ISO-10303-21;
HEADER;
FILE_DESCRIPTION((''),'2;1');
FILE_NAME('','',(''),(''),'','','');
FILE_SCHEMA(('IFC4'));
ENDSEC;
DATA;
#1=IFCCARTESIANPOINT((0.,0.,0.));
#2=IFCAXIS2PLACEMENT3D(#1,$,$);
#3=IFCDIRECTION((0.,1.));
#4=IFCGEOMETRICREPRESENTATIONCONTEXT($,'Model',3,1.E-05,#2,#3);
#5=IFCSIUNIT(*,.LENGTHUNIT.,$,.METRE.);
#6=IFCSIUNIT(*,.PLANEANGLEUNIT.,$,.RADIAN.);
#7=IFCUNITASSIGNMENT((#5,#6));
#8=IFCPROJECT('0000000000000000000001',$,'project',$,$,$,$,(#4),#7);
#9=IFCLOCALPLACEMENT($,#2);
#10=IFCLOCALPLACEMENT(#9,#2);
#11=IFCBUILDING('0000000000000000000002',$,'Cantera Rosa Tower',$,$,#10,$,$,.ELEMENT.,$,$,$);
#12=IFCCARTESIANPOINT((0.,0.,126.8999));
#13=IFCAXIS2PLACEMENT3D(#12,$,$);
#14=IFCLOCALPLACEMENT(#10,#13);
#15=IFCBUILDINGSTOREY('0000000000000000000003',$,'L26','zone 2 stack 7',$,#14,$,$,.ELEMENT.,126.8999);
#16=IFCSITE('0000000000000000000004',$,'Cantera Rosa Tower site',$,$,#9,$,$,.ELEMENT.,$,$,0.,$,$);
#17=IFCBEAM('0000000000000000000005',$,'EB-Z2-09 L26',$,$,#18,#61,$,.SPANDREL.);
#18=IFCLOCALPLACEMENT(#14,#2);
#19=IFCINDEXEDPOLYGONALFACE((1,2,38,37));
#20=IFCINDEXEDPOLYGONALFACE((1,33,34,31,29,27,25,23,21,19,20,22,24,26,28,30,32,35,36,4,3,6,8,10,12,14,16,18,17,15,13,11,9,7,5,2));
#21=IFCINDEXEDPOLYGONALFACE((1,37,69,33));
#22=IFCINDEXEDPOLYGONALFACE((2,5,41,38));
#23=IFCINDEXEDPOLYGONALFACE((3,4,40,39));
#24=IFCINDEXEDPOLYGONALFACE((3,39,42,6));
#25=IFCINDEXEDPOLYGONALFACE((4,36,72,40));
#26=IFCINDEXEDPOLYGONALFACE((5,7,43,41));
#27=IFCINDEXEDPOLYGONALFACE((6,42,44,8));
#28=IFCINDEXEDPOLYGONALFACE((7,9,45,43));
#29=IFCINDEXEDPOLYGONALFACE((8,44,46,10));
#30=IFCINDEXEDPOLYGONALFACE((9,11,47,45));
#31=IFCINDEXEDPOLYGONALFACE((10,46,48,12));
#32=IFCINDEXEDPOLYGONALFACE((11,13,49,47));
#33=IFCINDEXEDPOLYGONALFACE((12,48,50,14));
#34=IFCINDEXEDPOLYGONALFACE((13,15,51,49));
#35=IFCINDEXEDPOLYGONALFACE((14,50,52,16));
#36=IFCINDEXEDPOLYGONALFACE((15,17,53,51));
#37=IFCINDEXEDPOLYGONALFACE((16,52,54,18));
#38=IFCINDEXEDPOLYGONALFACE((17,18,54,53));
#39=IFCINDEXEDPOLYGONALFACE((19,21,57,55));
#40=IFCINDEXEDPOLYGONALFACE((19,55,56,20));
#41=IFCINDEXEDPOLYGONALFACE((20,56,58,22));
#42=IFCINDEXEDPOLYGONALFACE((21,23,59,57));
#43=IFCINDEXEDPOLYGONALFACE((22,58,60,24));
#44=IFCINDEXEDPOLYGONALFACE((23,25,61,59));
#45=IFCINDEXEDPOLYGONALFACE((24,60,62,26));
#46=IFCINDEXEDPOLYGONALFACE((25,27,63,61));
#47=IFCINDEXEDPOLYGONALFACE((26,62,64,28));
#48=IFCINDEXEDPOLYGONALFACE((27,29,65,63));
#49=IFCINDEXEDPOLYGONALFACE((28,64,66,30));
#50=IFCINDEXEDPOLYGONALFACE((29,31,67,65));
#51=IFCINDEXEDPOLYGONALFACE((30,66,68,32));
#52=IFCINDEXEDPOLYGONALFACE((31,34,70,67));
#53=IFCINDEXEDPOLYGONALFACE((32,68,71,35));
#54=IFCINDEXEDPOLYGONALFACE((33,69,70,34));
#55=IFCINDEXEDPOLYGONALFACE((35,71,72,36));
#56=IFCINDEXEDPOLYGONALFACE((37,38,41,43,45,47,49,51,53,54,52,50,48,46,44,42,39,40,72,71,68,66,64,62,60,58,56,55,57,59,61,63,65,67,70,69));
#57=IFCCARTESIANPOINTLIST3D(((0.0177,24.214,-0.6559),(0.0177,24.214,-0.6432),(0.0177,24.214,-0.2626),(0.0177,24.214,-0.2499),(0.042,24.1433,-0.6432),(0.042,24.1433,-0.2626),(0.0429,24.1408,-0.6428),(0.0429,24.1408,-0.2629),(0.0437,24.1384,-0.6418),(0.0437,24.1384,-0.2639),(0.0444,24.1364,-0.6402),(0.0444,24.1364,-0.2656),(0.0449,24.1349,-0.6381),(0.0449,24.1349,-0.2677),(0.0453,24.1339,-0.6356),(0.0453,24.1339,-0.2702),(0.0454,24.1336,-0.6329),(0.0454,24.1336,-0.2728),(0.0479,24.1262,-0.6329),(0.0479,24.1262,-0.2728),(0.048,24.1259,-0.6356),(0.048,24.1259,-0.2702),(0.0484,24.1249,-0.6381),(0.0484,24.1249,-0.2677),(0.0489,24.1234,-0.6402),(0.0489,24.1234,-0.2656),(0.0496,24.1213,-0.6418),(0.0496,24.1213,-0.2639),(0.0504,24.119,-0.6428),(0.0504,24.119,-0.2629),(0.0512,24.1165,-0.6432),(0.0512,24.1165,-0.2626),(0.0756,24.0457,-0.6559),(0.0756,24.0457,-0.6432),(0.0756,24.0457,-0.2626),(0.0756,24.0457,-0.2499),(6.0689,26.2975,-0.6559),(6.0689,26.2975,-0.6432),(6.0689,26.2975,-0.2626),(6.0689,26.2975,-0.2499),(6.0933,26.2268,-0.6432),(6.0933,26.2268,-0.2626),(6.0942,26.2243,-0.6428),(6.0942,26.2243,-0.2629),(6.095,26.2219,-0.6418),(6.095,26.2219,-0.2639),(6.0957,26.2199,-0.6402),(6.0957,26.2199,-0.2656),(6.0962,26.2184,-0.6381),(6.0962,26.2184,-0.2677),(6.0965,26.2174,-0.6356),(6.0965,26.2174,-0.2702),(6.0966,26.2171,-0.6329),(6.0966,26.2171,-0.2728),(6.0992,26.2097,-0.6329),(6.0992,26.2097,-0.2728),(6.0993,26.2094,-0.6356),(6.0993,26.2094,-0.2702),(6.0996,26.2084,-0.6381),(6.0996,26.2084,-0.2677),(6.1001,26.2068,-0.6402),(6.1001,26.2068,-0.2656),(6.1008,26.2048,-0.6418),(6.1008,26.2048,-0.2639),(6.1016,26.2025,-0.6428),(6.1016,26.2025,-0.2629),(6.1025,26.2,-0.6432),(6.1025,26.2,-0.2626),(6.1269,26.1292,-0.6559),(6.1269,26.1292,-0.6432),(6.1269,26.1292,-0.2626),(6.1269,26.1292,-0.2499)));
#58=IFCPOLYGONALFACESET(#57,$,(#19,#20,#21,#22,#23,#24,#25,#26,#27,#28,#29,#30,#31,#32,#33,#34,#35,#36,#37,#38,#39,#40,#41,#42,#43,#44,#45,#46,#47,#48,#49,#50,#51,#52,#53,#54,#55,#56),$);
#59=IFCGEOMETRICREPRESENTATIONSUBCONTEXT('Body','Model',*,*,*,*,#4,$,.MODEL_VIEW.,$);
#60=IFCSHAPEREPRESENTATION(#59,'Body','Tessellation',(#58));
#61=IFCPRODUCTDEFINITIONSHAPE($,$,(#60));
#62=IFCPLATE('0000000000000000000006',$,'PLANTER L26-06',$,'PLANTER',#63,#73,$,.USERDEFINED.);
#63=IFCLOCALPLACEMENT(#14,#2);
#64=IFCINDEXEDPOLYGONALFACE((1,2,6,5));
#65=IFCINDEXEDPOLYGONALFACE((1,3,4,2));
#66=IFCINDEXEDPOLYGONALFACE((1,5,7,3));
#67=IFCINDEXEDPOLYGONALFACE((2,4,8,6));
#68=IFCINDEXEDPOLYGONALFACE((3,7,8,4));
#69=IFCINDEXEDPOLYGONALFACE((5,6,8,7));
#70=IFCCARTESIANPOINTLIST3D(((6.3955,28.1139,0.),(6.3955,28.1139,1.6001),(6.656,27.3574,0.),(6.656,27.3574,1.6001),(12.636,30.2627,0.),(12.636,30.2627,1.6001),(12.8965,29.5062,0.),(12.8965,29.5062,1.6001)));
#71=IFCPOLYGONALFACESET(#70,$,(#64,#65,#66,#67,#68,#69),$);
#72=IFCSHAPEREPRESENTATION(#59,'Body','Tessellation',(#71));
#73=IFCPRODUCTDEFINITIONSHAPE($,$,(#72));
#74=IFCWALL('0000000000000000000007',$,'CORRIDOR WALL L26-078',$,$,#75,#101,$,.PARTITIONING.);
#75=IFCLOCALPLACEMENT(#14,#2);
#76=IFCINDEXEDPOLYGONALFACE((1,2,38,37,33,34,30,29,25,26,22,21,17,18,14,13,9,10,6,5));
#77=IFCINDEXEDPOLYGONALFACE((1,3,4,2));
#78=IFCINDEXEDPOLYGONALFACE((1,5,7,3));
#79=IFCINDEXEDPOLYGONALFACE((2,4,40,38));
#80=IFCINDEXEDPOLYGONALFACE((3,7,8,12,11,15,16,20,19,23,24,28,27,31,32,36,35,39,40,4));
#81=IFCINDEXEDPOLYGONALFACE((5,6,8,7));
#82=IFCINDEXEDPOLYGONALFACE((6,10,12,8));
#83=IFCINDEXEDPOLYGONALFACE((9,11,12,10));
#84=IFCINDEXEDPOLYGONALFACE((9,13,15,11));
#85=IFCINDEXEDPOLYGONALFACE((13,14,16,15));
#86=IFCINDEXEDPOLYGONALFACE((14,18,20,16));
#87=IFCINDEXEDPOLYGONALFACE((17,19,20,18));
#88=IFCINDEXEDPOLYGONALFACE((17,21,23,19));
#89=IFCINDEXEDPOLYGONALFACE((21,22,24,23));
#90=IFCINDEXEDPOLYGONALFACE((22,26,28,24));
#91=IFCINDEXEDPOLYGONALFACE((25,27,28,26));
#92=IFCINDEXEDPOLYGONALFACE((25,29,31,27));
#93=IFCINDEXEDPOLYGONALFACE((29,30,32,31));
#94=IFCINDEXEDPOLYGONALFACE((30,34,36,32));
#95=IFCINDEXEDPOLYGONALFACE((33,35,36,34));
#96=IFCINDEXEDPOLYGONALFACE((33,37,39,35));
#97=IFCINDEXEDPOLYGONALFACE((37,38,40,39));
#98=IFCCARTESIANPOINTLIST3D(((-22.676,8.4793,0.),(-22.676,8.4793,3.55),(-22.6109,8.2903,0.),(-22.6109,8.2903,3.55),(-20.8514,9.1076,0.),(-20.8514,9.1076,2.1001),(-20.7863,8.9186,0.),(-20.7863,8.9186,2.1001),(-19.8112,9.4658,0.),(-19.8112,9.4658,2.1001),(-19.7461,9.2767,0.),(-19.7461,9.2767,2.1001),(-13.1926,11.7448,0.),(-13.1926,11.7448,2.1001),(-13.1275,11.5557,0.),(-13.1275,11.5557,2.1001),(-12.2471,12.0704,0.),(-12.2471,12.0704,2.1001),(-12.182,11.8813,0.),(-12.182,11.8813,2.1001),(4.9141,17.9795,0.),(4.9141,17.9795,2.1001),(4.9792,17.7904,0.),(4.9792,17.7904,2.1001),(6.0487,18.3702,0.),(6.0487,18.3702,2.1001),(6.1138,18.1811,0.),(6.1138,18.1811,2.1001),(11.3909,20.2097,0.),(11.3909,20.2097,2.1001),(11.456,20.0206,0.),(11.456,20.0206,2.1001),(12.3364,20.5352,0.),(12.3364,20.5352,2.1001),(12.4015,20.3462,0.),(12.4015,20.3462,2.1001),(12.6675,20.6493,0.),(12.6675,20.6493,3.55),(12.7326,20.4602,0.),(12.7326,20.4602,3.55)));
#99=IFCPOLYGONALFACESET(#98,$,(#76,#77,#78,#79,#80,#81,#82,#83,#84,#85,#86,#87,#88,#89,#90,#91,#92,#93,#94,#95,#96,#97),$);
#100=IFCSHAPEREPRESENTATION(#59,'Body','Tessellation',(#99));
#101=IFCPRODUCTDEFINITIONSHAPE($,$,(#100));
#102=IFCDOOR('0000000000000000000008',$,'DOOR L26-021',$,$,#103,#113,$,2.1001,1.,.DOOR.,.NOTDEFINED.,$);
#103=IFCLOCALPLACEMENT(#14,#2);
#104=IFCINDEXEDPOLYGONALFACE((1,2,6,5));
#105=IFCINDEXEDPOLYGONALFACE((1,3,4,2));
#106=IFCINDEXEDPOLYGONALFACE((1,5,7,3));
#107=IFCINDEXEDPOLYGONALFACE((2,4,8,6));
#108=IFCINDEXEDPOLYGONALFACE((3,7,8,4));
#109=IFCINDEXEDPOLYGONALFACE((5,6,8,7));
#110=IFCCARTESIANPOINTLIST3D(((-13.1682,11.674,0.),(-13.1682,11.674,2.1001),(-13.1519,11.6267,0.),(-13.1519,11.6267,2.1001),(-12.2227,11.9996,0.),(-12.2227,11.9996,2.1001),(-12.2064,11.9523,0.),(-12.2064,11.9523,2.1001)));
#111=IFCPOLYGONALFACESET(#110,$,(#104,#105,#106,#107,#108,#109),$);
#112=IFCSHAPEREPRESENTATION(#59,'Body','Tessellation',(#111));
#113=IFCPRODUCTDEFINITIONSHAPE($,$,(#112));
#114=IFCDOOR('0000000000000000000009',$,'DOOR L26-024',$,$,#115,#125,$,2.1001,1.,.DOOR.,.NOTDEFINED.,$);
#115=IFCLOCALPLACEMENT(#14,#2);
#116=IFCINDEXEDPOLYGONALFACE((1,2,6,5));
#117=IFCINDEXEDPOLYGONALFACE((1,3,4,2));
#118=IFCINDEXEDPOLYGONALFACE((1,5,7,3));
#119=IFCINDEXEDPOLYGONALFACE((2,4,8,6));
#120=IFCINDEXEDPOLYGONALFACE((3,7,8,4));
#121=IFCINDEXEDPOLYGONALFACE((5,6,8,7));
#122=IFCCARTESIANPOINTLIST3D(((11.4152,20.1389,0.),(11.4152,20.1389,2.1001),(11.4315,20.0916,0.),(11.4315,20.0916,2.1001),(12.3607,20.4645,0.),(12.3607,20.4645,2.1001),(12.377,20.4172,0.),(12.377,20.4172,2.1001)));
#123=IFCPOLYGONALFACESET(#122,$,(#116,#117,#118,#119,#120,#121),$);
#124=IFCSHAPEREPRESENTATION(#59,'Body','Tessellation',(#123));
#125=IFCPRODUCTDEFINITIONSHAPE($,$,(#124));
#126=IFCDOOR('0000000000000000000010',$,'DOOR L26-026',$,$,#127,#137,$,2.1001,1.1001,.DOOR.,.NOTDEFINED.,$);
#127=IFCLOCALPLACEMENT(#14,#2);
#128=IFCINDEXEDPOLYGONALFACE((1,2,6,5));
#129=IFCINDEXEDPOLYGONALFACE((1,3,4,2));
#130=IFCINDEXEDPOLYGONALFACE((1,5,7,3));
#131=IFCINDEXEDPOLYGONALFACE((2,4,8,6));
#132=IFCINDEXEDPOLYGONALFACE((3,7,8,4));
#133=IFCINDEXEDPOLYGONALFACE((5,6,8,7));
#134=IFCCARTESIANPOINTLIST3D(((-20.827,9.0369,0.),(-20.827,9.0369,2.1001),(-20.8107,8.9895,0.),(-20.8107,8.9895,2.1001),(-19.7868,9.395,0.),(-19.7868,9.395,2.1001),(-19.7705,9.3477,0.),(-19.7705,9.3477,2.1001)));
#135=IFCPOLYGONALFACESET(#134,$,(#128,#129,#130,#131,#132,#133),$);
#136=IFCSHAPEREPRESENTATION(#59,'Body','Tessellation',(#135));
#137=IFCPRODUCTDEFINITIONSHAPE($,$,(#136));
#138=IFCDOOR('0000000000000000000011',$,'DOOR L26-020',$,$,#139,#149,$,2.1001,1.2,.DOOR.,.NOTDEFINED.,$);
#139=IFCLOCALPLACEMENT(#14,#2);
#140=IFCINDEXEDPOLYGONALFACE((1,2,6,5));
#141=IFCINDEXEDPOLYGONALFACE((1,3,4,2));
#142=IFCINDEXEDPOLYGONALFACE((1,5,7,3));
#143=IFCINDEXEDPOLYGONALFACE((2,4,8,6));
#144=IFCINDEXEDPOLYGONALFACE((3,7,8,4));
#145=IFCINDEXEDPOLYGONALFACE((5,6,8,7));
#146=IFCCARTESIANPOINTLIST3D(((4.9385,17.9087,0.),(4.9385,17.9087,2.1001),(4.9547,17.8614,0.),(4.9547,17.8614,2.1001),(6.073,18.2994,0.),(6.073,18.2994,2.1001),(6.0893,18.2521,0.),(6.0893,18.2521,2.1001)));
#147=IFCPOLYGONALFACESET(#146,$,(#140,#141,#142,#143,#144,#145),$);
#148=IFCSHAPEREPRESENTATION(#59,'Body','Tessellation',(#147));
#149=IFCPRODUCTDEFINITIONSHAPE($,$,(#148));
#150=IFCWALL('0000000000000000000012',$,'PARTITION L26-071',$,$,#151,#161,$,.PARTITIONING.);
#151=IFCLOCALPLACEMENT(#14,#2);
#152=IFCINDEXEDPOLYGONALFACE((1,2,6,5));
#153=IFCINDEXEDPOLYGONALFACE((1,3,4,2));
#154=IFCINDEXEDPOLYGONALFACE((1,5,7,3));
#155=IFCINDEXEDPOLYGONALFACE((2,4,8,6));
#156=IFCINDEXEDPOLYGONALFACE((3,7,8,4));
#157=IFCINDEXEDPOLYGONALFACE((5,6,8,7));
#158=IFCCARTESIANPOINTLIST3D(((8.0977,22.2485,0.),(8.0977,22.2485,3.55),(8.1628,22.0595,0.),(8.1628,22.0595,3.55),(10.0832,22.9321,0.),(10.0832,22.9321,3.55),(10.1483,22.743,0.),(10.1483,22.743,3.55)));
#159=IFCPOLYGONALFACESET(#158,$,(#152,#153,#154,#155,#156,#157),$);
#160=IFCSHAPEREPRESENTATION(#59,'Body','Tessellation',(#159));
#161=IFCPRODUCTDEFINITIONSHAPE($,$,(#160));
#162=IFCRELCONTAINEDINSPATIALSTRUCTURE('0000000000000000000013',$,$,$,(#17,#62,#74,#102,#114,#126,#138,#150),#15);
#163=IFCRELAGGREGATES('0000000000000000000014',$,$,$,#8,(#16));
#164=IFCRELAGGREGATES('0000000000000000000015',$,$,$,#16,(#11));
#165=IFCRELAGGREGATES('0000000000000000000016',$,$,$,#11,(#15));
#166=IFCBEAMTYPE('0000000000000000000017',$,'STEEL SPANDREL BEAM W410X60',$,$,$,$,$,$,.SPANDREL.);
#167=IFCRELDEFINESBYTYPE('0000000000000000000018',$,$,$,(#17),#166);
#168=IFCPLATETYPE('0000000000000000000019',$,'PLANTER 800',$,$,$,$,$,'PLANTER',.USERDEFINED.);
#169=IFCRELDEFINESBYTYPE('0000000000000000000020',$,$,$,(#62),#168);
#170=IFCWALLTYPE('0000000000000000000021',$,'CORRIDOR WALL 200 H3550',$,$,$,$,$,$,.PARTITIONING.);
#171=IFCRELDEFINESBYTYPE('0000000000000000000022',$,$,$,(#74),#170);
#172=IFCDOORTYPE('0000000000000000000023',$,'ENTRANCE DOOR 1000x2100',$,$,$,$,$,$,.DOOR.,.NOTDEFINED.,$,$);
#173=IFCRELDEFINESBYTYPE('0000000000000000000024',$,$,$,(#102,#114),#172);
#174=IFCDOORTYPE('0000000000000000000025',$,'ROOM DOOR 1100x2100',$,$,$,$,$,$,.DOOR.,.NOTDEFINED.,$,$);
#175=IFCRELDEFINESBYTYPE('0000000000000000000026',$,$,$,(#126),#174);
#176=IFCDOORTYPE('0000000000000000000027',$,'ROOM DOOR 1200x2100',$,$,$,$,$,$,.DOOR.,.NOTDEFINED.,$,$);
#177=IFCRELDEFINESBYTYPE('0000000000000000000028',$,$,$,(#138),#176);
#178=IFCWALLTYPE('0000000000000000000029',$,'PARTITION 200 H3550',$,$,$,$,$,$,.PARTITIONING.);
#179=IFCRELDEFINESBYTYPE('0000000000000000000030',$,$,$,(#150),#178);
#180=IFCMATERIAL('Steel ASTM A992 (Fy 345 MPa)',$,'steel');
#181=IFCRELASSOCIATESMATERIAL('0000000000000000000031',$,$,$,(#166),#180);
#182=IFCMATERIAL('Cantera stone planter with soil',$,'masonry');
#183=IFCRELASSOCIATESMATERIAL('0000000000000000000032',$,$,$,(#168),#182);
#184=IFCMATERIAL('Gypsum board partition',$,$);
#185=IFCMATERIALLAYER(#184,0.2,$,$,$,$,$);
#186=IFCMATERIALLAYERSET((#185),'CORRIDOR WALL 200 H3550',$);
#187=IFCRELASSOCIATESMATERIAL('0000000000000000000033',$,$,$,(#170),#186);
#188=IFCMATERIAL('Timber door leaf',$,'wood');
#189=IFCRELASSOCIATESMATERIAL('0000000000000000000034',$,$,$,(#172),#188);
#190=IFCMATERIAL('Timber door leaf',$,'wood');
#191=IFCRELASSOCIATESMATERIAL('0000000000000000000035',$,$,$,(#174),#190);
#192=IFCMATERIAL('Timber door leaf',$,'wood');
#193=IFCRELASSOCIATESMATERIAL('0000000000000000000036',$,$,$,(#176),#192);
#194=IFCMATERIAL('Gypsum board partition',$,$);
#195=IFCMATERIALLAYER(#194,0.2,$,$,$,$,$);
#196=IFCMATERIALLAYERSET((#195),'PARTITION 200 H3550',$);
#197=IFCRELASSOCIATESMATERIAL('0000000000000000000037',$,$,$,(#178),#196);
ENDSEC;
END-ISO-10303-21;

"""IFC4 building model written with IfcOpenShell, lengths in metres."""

from ifc_helpers import new_model, si_unit, direction, frame, frame_2d, origin, origin_2d, place, context, subcontext, project, spatial, rectangle, i_section, extrude, material, layer, layer_set, material_profile, profile_set, type_object, element, fill, save


model = new_model("IFC4")

# Units and contexts
model_context = context("Model", 3, precision=1e-05, world=origin(), true_north=direction((0.0, 1.0)))
body_context = subcontext(model_context, "Body", "Model", "MODEL_VIEW")
ifc_project = project(units=[si_unit("LENGTHUNIT", "METRE"), si_unit("PLANEANGLEUNIT", "RADIAN")], contexts=[model_context])

# Site, building, storey
site_placement = place(None, origin())
site = spatial("IfcSite", under=ifc_project, at=site_placement, Name="Cantera Rosa Tower site", CompositionType="ELEMENT", RefElevation=0.0)
building_placement = place(site_placement, origin())
building = spatial("IfcBuilding", under=site, at=building_placement, Name="Cantera Rosa Tower", CompositionType="ELEMENT")
storey_placement = place(building_placement, frame((0.0, 0.0, 126.8999)))
storey = spatial("IfcBuildingStorey", under=building, at=storey_placement, Name="L26", Description="zone 2 stack 7", CompositionType="ELEMENT", Elevation=126.8999)

# Beam
ifc_material_1 = material(Name="Steel ASTM A992 (Fy 345 MPa)", Category="steel")
ifc_material_profile_1 = material_profile(ifc_material_1, i_section(OverallWidth=0.178, OverallDepth=0.406, WebThickness=0.0078, FlangeThickness=0.0127, FilletRadius=0.0103, at=origin_2d()), Name="W410X60")
ifc_profile_set_1 = profile_set([ifc_material_profile_1], Name="Steel ASTM A992 (Fy 345 MPa)")
beam_type_1 = type_object("IfcBeamType", Name="STEEL SPANDREL BEAM W410X60", PredefinedType="SPANDREL", material=ifc_profile_set_1)
for number, where, z_axis, x_axis, name in (
    (1, (6.0979, 26.2134, -0.4529), (-0.945524, -0.325551, 0.0), (0.325551, -0.945524, 0.0), "EB-Z2-09 L26"),
):
    element("IfcBeam", number, at=place(storey_placement, frame(where, z_axis=z_axis, x_axis=x_axis)), inside=storey, type_object=beam_type_1, Name=name, PredefinedType="SPANDREL", context=body_context, shape_type="SweptSolid", body=[
        extrude(i_section(OverallWidth=0.178, OverallDepth=0.406, WebThickness=0.0078, FlangeThickness=0.0127, FilletRadius=0.0103, at=origin_2d()), origin(), (0.0, 0.0, 1.0), 6.3999),
    ])

# Plate
ifc_material_2 = material(Name="Cantera stone planter with soil", Category="masonry")
plate_type = type_object("IfcPlateType", Name="PLANTER 800", ElementType="PLANTER", PredefinedType="USERDEFINED", material=ifc_material_2)
plate_placement = place(storey_placement, frame((9.646, 28.8101, 0.0), z_axis=(0.0, 0.0, 1.0), x_axis=(-0.945519, -0.325568, 0.0)))
element("IfcPlate", 2, at=plate_placement, inside=storey, type_object=plate_type, Name="PLANTER L26-06", ObjectType="PLANTER", PredefinedType="USERDEFINED", context=body_context, shape_type="SweptSolid", body=[
    extrude(rectangle(XDim=6.6001, YDim=0.8, at=origin_2d()), origin(), (0.0, 0.0, 1.0), 1.6001),
])

# Wall, openings, doors
ifc_material_3 = material(Name="Gypsum board partition")
ifc_layer_1 = layer(ifc_material_3, 0.2)
ifc_layer_set_1 = layer_set([ifc_layer_1], Name="CORRIDOR WALL 200 H3550")
wall_type_1 = type_object("IfcWallType", Name="CORRIDOR WALL 200 H3550", PredefinedType="PARTITIONING", material=ifc_layer_set_1)
wall_1_placement = place(storey_placement, frame((12.7, 20.5547, 0.0), z_axis=(0.0, 0.0, 1.0), x_axis=(-0.945517, -0.325572, 0.0)))
wall_1 = element("IfcWall", 3, at=wall_1_placement, inside=storey, type_object=wall_type_1, Name="CORRIDOR WALL L26-078", PredefinedType="PARTITIONING", context=body_context, shape_type="SweptSolid", body=[
    extrude(rectangle(XDim=37.3801, YDim=0.2, at=frame_2d((18.6899, 0.0))), origin(), (0.0, 0.0, 1.0), 3.55),
])
opening_1_placement = place(wall_1_placement, frame((7.0, 0.0, 0.0)))
opening_1 = element("IfcOpeningElement", 4, at=opening_1_placement, cuts=wall_1, PredefinedType="OPENING", context=body_context, shape_type="SweptSolid", body=[
    extrude(rectangle(XDim=1.2, YDim=2.1001, at=frame_2d((0.6001, 1.05))), frame((0.0, 0.1099, 0.0), z_axis=(0.0, -1.0, 0.0), x_axis=(1.0, 0.0, 0.0)), (0.0, 0.0, 1.0), 0.22),
])
opening_2_placement = place(wall_1_placement, frame((26.3501, 0.0, 0.0)))
opening_2 = element("IfcOpeningElement", 5, at=opening_2_placement, cuts=wall_1, PredefinedType="OPENING", context=body_context, shape_type="SweptSolid", body=[
    extrude(rectangle(XDim=1.0, YDim=2.1001, at=frame_2d((0.5, 1.05))), frame((0.0, 0.1099, 0.0), z_axis=(0.0, -1.0, 0.0), x_axis=(1.0, 0.0, 0.0)), (0.0, 0.0, 1.0), 0.22),
])
opening_3_placement = place(wall_1_placement, frame((0.3501, 0.0, 0.0)))
opening_3 = element("IfcOpeningElement", 6, at=opening_3_placement, cuts=wall_1, PredefinedType="OPENING", context=body_context, shape_type="SweptSolid", body=[
    extrude(rectangle(XDim=1.0, YDim=2.1001, at=frame_2d((0.5, 1.05))), frame((0.0, 0.1099, 0.0), z_axis=(0.0, -1.0, 0.0), x_axis=(1.0, 0.0, 0.0)), (0.0, 0.0, 1.0), 0.22),
])
opening_4_placement = place(wall_1_placement, frame((34.3501, 0.0, 0.0)))
opening_4 = element("IfcOpeningElement", 7, at=opening_4_placement, cuts=wall_1, PredefinedType="OPENING", context=body_context, shape_type="SweptSolid", body=[
    extrude(rectangle(XDim=1.1001, YDim=2.1001, at=frame_2d((0.55, 1.05))), frame((0.0, 0.1099, 0.0), z_axis=(0.0, -1.0, 0.0), x_axis=(1.0, 0.0, 0.0)), (0.0, 0.0, 1.0), 0.22),
])
ifc_material_4 = material(Name="Timber door leaf", Category="wood")
door_type_1 = type_object("IfcDoorType", Name="ENTRANCE DOOR 1000x2100", OperationType="NOTDEFINED", PredefinedType="DOOR", material=ifc_material_4)
door_1_placement = place(opening_2_placement, origin())
door_1 = element("IfcDoor", 8, at=door_1_placement, inside=storey, type_object=door_type_1, Name="DOOR L26-021", OperationType="NOTDEFINED", OverallHeight=2.1001, OverallWidth=1.0, PredefinedType="DOOR", context=body_context, shape_type="SweptSolid", body=[
    extrude(rectangle(XDim=1.0, YDim=2.1001, at=frame_2d((0.5, 1.05))), frame((0.0, 0.0249, 0.0), z_axis=(0.0, -1.0, 0.0), x_axis=(1.0, 0.0, 0.0)), (0.0, 0.0, 1.0), 0.05),
])
fill(opening_2, door_1)
door_2_placement = place(opening_3_placement, origin())
door_2 = element("IfcDoor", 9, at=door_2_placement, inside=storey, type_object=door_type_1, Name="DOOR L26-024", OperationType="NOTDEFINED", OverallHeight=2.1001, OverallWidth=1.0, PredefinedType="DOOR", context=body_context, shape_type="SweptSolid", body=[
    extrude(rectangle(XDim=1.0, YDim=2.1001, at=frame_2d((0.5, 1.05))), frame((0.0, 0.0249, 0.0), z_axis=(0.0, -1.0, 0.0), x_axis=(1.0, 0.0, 0.0)), (0.0, 0.0, 1.0), 0.05),
])
fill(opening_3, door_2)
ifc_material_5 = material(Name="Timber door leaf", Category="wood")
door_type_2 = type_object("IfcDoorType", Name="ROOM DOOR 1100x2100", OperationType="NOTDEFINED", PredefinedType="DOOR", material=ifc_material_5)
door_3_placement = place(opening_4_placement, origin())
door_3 = element("IfcDoor", 10, at=door_3_placement, inside=storey, type_object=door_type_2, Name="DOOR L26-026", OperationType="NOTDEFINED", OverallHeight=2.1001, OverallWidth=1.1001, PredefinedType="DOOR", context=body_context, shape_type="SweptSolid", body=[
    extrude(rectangle(XDim=1.1001, YDim=2.1001, at=frame_2d((0.55, 1.05))), frame((0.0, 0.0249, 0.0), z_axis=(0.0, -1.0, 0.0), x_axis=(1.0, 0.0, 0.0)), (0.0, 0.0, 1.0), 0.05),
])
fill(opening_4, door_3)
ifc_material_6 = material(Name="Timber door leaf", Category="wood")
door_type_3 = type_object("IfcDoorType", Name="ROOM DOOR 1200x2100", OperationType="NOTDEFINED", PredefinedType="DOOR", material=ifc_material_6)
door_4_placement = place(opening_1_placement, origin())
door_4 = element("IfcDoor", 11, at=door_4_placement, inside=storey, type_object=door_type_3, Name="DOOR L26-020", OperationType="NOTDEFINED", OverallHeight=2.1001, OverallWidth=1.2, PredefinedType="DOOR", context=body_context, shape_type="SweptSolid", body=[
    extrude(rectangle(XDim=1.2, YDim=2.1001, at=frame_2d((0.6001, 1.05))), frame((0.0, 0.0249, 0.0), z_axis=(0.0, -1.0, 0.0), x_axis=(1.0, 0.0, 0.0)), (0.0, 0.0, 1.0), 0.05),
])
fill(opening_1, door_4)

# Wall
ifc_material_7 = material(Name="Gypsum board partition")
ifc_layer_2 = layer(ifc_material_7, 0.2)
ifc_layer_set_2 = layer_set([ifc_layer_2], Name="PARTITION 200 H3550")
wall_type_2 = type_object("IfcWallType", Name="PARTITION 200 H3550", PredefinedType="PARTITIONING", material=ifc_layer_set_2)
wall_2_placement = place(storey_placement, frame((8.1304, 22.1541, 0.0), z_axis=(0.0, 0.0, 1.0), x_axis=(0.945533, 0.325525, 0.0)))
element("IfcWall", 12, at=wall_2_placement, inside=storey, type_object=wall_type_2, Name="PARTITION L26-071", PredefinedType="PARTITIONING", context=body_context, shape_type="SweptSolid", body=[
    extrude(rectangle(XDim=2.0999, YDim=0.2, at=frame_2d((1.0498, 0.0))), origin(), (0.0, 0.0, 1.0), 3.55),
])

save(model, "model.ifc")
